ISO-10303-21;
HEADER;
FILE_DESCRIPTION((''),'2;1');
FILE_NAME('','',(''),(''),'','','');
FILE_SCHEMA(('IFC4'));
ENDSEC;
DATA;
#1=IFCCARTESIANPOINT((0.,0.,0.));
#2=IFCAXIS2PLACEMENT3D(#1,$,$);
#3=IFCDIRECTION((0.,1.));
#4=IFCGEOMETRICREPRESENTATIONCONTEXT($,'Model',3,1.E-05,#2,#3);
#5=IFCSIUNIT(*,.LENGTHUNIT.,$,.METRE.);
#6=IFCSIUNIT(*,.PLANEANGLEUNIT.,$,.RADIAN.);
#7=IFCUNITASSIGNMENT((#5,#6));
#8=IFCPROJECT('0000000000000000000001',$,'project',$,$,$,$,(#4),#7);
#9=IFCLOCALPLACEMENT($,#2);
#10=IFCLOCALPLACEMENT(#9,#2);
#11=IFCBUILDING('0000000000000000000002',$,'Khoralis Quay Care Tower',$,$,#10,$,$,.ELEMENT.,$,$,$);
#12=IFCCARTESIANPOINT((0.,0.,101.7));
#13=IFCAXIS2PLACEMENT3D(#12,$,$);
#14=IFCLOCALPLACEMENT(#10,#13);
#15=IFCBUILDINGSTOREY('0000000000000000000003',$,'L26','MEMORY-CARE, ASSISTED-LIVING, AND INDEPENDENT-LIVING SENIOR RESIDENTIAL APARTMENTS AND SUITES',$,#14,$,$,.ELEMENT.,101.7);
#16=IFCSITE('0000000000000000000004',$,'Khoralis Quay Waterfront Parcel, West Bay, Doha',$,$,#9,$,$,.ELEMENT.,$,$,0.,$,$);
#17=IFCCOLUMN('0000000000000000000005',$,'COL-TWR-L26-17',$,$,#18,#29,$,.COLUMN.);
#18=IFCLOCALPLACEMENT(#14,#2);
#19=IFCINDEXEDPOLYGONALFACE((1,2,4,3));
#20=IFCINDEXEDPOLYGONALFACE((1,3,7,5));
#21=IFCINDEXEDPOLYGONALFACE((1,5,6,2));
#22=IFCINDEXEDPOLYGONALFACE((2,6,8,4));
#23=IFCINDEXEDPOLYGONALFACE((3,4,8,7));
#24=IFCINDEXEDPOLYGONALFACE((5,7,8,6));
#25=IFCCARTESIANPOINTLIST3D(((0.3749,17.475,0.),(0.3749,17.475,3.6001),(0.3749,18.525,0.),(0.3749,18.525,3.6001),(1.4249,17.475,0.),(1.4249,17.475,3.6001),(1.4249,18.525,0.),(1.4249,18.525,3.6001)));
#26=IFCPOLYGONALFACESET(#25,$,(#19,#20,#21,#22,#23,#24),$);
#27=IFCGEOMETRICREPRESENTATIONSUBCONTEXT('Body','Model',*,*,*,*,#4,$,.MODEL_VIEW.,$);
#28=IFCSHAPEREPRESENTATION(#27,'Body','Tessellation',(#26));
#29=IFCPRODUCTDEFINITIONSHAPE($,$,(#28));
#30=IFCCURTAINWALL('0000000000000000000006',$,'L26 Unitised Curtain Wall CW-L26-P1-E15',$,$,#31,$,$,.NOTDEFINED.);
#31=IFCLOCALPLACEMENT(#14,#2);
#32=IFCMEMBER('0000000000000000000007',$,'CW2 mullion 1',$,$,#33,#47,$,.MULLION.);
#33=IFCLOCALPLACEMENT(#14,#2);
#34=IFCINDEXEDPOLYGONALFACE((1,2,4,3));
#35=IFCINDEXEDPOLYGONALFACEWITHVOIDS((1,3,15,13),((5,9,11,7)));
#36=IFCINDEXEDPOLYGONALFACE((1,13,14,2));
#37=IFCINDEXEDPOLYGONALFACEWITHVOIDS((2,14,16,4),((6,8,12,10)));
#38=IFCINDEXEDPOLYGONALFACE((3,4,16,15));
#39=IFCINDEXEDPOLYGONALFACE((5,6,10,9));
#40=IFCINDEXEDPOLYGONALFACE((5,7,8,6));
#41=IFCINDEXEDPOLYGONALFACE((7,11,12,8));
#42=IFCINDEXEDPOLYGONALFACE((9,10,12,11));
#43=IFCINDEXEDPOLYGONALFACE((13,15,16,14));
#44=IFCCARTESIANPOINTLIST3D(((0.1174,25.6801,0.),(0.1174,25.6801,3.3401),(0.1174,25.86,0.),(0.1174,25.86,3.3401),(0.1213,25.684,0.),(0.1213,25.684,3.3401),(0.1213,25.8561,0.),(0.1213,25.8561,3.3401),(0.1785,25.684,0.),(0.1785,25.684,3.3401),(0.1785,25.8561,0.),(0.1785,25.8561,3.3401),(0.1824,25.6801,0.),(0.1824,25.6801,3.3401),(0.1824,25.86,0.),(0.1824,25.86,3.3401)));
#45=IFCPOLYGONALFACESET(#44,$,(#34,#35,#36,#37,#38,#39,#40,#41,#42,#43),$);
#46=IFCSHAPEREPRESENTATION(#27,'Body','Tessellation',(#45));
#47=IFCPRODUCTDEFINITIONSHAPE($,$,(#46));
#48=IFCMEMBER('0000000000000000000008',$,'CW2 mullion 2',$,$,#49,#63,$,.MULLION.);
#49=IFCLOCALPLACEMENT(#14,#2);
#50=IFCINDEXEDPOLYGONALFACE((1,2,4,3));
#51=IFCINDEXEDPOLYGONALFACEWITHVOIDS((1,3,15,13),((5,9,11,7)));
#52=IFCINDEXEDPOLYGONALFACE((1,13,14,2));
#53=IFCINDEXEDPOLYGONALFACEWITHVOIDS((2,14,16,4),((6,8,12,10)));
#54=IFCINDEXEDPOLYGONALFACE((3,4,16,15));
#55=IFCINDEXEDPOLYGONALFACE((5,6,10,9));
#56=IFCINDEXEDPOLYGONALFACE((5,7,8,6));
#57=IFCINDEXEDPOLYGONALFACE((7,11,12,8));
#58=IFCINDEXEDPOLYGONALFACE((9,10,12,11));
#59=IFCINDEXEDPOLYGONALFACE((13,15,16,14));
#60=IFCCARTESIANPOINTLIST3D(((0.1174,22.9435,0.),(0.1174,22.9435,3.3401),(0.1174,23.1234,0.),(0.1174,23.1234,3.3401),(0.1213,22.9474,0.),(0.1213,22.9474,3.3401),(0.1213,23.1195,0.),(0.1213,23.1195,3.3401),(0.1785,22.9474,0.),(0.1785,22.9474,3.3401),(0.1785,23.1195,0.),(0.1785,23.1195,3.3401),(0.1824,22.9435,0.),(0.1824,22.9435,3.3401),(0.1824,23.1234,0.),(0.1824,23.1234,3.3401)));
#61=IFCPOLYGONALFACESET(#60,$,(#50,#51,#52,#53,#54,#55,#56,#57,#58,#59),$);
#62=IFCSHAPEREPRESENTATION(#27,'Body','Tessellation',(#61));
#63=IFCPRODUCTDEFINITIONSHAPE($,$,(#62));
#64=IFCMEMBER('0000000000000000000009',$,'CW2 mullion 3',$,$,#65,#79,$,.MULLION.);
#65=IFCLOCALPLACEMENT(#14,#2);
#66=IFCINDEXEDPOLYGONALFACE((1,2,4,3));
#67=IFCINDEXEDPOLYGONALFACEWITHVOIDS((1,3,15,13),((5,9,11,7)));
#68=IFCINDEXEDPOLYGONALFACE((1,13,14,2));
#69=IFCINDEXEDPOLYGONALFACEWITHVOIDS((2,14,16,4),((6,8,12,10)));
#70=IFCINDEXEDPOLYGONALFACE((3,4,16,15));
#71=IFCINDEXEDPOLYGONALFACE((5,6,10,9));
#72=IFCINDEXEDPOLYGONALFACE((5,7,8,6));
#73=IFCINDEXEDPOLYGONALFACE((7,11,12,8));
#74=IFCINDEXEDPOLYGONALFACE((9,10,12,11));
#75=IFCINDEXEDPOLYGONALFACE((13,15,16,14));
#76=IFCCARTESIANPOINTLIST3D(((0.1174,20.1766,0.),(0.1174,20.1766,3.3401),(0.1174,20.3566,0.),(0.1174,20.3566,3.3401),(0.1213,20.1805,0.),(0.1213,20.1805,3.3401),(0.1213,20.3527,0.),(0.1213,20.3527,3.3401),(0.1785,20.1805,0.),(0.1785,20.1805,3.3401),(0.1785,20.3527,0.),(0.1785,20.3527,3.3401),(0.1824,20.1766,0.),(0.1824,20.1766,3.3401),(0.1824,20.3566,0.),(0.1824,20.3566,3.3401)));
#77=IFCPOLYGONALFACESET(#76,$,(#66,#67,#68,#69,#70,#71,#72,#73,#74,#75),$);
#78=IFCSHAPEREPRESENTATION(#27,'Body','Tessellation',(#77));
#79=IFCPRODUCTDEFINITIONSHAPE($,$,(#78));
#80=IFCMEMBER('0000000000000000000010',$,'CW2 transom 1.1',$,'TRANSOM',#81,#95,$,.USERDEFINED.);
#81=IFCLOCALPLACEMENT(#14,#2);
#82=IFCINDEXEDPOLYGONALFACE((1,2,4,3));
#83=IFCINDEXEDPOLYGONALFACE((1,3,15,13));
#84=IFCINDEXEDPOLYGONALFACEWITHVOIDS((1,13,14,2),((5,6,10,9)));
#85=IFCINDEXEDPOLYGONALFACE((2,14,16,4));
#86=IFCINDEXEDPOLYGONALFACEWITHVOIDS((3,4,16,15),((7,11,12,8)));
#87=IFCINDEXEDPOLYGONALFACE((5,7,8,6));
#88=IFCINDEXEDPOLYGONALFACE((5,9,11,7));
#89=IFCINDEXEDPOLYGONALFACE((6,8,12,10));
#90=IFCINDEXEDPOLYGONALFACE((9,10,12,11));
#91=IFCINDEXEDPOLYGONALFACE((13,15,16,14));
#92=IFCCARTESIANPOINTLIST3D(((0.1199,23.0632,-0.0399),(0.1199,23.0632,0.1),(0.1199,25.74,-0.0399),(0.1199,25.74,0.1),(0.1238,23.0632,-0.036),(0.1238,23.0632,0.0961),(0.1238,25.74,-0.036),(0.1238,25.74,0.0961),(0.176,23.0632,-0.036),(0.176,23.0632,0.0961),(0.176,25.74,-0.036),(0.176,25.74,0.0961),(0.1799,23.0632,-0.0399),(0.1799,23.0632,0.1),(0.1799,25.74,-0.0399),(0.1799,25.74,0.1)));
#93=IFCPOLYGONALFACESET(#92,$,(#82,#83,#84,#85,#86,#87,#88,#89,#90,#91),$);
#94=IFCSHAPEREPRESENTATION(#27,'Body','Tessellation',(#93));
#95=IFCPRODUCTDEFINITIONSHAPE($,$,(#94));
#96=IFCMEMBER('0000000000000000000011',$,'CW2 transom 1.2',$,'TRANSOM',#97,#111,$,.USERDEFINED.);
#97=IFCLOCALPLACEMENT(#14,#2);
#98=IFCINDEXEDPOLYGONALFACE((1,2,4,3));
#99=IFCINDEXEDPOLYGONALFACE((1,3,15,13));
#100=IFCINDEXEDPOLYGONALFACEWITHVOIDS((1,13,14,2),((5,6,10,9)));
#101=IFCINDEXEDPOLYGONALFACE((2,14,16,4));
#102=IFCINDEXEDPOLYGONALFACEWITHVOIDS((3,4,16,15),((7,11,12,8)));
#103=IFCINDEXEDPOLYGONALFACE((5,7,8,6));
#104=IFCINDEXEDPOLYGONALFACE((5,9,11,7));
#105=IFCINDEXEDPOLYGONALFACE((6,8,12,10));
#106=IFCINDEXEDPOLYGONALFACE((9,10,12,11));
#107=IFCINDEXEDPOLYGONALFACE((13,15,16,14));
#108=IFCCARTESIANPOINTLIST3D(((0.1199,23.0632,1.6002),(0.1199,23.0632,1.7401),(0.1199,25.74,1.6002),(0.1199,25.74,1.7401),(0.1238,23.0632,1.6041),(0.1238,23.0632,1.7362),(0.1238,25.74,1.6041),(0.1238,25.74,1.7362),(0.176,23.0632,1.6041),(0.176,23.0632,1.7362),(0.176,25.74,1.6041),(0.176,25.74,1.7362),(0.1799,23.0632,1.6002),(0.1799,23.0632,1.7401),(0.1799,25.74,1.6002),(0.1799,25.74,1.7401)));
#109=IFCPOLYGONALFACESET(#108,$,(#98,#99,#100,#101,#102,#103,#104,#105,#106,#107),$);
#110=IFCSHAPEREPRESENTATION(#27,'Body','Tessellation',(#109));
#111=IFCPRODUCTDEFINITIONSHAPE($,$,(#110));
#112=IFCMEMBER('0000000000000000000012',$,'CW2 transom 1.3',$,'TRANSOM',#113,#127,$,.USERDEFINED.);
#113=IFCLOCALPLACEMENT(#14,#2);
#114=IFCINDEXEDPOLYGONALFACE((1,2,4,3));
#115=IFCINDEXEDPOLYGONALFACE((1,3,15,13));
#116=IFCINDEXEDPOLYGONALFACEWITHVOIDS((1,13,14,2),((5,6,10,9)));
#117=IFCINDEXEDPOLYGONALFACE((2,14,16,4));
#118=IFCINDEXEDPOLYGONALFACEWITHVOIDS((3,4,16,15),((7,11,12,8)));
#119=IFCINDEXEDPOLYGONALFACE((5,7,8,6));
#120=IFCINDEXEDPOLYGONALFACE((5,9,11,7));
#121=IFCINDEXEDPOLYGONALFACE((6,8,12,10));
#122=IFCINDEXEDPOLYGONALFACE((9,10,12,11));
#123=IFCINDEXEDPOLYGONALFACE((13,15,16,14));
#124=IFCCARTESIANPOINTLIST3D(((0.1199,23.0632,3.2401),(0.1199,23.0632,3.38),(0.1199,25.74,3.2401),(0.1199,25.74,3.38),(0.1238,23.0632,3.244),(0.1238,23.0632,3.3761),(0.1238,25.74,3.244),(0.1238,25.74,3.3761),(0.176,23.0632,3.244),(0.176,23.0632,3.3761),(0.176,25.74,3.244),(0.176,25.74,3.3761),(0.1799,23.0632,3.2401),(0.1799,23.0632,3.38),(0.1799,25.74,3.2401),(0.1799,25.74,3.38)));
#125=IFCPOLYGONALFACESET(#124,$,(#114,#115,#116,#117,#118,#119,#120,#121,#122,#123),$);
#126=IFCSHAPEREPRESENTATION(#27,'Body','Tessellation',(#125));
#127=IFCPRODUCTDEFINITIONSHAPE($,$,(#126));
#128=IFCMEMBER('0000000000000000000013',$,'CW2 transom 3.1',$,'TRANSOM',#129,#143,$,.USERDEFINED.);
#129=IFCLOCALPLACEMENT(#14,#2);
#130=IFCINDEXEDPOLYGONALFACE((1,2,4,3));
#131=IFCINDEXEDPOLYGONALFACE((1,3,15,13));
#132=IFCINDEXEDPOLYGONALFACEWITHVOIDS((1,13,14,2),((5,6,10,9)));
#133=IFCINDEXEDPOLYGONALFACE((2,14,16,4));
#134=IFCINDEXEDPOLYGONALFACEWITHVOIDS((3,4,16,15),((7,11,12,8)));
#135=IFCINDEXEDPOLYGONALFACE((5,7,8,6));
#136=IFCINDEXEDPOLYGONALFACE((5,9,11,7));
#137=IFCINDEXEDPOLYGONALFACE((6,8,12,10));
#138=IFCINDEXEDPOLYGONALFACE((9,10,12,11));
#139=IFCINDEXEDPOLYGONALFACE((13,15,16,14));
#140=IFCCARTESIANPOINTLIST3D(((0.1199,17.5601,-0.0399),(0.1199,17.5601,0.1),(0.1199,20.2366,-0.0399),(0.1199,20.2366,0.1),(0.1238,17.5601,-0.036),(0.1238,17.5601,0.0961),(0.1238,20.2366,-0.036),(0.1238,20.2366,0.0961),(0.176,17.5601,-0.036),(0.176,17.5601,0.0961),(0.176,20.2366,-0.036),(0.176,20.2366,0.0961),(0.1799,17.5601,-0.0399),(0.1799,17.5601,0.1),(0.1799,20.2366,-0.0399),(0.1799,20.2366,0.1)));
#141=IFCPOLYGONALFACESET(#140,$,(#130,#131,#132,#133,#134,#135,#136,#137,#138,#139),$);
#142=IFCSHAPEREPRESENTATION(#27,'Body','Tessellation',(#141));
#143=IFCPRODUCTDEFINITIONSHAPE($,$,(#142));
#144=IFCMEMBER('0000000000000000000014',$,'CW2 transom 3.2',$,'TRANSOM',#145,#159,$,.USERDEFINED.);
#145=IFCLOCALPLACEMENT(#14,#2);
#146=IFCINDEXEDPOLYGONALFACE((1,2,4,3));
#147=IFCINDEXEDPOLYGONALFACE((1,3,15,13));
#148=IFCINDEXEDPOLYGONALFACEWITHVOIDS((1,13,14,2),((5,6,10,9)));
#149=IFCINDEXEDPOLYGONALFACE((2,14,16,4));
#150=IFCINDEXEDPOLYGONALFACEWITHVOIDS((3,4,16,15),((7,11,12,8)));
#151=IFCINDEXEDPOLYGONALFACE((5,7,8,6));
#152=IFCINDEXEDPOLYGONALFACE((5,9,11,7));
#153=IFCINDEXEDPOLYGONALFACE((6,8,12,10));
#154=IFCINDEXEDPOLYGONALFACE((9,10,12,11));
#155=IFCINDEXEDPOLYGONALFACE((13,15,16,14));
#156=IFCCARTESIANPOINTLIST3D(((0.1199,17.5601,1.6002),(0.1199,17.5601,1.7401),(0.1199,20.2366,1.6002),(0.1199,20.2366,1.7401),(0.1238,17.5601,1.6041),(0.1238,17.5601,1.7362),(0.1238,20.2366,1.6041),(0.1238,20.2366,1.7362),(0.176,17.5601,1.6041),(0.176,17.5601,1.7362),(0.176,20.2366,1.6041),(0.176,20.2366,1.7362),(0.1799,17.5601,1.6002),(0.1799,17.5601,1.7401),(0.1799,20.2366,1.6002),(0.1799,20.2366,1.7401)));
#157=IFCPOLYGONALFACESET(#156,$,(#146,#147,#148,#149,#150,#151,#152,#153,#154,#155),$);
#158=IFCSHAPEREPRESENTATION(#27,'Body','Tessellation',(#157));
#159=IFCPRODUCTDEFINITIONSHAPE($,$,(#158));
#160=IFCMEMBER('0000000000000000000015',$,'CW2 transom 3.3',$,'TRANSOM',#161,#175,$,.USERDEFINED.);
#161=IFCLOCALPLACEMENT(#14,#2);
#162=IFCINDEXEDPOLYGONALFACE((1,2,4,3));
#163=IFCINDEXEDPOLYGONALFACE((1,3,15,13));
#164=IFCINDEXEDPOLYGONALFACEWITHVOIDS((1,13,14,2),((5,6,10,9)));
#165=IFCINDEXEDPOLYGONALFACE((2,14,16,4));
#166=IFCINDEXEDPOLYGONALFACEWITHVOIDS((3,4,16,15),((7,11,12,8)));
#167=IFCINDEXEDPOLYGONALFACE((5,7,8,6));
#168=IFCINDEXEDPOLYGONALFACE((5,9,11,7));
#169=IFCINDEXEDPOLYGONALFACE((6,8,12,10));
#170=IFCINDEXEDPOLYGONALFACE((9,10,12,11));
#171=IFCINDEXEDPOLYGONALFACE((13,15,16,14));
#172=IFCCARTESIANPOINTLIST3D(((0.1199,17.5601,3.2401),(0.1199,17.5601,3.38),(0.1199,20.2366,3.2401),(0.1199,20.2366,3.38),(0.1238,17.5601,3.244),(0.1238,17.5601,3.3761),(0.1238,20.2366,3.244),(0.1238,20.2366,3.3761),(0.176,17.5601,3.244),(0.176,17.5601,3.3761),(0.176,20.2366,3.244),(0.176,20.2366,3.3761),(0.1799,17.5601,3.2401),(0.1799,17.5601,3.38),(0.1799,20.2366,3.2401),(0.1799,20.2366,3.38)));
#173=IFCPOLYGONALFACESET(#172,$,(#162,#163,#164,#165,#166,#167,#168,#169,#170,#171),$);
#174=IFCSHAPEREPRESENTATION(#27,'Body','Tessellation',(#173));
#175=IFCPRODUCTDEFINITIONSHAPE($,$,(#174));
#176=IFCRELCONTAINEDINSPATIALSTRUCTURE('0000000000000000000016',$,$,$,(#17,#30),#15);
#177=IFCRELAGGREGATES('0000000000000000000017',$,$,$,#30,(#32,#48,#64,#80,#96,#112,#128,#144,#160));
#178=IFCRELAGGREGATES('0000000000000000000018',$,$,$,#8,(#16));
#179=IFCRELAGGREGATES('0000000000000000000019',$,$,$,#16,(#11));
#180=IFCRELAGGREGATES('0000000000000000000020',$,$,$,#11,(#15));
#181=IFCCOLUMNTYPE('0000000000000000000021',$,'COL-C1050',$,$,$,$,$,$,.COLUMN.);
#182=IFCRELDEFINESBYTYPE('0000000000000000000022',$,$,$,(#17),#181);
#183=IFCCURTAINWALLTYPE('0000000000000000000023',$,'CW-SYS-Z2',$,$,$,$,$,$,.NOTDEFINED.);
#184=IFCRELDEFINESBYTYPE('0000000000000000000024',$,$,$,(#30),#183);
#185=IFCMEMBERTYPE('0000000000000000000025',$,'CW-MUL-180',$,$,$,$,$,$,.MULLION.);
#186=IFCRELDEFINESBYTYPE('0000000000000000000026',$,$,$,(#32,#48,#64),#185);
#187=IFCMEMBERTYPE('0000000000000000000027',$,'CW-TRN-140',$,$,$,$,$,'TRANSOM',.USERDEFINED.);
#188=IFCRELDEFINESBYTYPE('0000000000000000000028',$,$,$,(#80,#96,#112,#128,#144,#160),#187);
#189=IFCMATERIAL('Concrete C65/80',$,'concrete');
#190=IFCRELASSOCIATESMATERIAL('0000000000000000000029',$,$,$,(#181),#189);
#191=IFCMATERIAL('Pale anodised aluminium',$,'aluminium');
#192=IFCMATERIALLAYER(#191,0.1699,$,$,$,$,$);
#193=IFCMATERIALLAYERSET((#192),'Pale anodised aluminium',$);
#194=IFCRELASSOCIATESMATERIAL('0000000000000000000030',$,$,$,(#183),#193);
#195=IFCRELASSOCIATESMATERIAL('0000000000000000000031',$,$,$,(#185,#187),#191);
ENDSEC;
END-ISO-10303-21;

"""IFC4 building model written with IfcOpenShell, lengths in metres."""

from ifc_helpers import new_model, si_unit, direction, frame, origin, origin_2d, place, context, subcontext, project, spatial, rectangle, hollow_rectangle, extrude, source, transform, mapped, material, layer, layer_set, material_profile, profile_set, type_object, element, aggregate, save


model = new_model("IFC4")

# Units and contexts
model_context = context("Model", 3, precision=1e-05, world=origin(), true_north=direction((0.0, 1.0)))
body_context = subcontext(model_context, "Body", "Model", "MODEL_VIEW")
ifc_project = project(units=[si_unit("LENGTHUNIT", "METRE"), si_unit("PLANEANGLEUNIT", "RADIAN")], contexts=[model_context])

# Site, building, storey
site_placement = place(None, origin())
site = spatial("IfcSite", under=ifc_project, at=site_placement, Name="Khoralis Quay Waterfront Parcel, West Bay, Doha", CompositionType="ELEMENT", RefElevation=0.0)
building_placement = place(site_placement, origin())
building = spatial("IfcBuilding", under=site, at=building_placement, Name="Khoralis Quay Care Tower", CompositionType="ELEMENT")
storey_placement = place(building_placement, frame((0.0, 0.0, 101.7)))
storey = spatial("IfcBuildingStorey", under=building, at=storey_placement, Name="L26", Description="MEMORY-CARE, ASSISTED-LIVING, AND INDEPENDENT-LIVING SENIOR RESIDENTIAL APARTMENTS AND SUITES", CompositionType="ELEMENT", Elevation=101.7)

# Column
ifc_material_1 = material(Name="Concrete C65/80", Category="concrete")
ifc_material_profile_1 = material_profile(ifc_material_1, rectangle(XDim=1.05, YDim=1.05, at=origin_2d()), Name="Concrete C65/80")
ifc_profile_set_1 = profile_set([ifc_material_profile_1], Name="Concrete C65/80")
column_type = type_object("IfcColumnType", Name="COL-C1050", PredefinedType="COLUMN", material=ifc_profile_set_1)
shared_shape_1 = source(origin(), body_context, "Body", "SweptSolid", [
    extrude(rectangle(XDim=1.05, YDim=1.05, at=origin_2d()), origin(), (0.0, 0.0, 1.0), 3.6001),
])
column_placement = place(storey_placement, frame((0.8999, 18.0, 0.0), z_axis=(0.0, 0.0, 1.0), x_axis=(1.0, 0.0, 0.0)))
element("IfcColumn", 1, at=column_placement, inside=storey, type_object=column_type, Name="COL-TWR-L26-17", PredefinedType="COLUMN", context=body_context, shape_type="MappedRepresentation", body=[
    mapped(shared_shape_1, transform((0.0, 0.0, 0.0), scale=1.0)),
])

# Curtain wall, members
ifc_material_2 = material(Name="Pale anodised aluminium", Category="aluminium")
ifc_layer_1 = layer(ifc_material_2, 0.1699)
ifc_layer_set_1 = layer_set([ifc_layer_1], Name="Pale anodised aluminium")
curtain_wall_type = type_object("IfcCurtainWallType", Name="CW-SYS-Z2", PredefinedType="NOTDEFINED", material=ifc_layer_set_1)
curtain_wall_placement = place(storey_placement, origin())
curtain_wall = element("IfcCurtainWall", 2, at=curtain_wall_placement, inside=storey, type_object=curtain_wall_type, Name="L26 Unitised Curtain Wall CW-L26-P1-E15", PredefinedType="NOTDEFINED")
ifc_material_profile_2 = material_profile(ifc_material_2, hollow_rectangle(XDim=0.0649, YDim=0.1799, WallThickness=0.0039, at=origin_2d()), Name="Pale anodised aluminium")
ifc_profile_set_2 = profile_set([ifc_material_profile_2], Name="Pale anodised aluminium")
member_type_1 = type_object("IfcMemberType", Name="CW-MUL-180", PredefinedType="MULLION", material=ifc_profile_set_2)
shared_shape_2 = source(origin(), body_context, "Body", "SweptSolid", [
    extrude(hollow_rectangle(XDim=0.0649, YDim=0.1799, WallThickness=0.0039, at=origin_2d()), origin(), (0.0, 0.0, 1.0), 3.3401),
])
member_1_placement = place(storey_placement, frame((0.1499, 25.77, 0.0), z_axis=(0.0, 0.0, 1.0), x_axis=(1.0, 0.0, 0.0)))
member_1 = element("IfcMember", 3, at=member_1_placement, type_object=member_type_1, Name="CW2 mullion 1", PredefinedType="MULLION", context=body_context, shape_type="MappedRepresentation", body=[
    mapped(shared_shape_2, transform((0.0, 0.0, 0.0), scale=1.0)),
])
member_2_placement = place(storey_placement, frame((0.1499, 23.0334, 0.0), z_axis=(0.0, 0.0, 1.0), x_axis=(1.0, 0.0, 0.0)))
member_2 = element("IfcMember", 4, at=member_2_placement, type_object=member_type_1, Name="CW2 mullion 2", PredefinedType="MULLION", context=body_context, shape_type="MappedRepresentation", body=[
    mapped(shared_shape_2, transform((0.0, 0.0, 0.0), scale=1.0)),
])
member_3_placement = place(storey_placement, frame((0.1499, 20.2666, 0.0), z_axis=(0.0, 0.0, 1.0), x_axis=(1.0, 0.0, 0.0)))
member_3 = element("IfcMember", 5, at=member_3_placement, type_object=member_type_1, Name="CW2 mullion 3", PredefinedType="MULLION", context=body_context, shape_type="MappedRepresentation", body=[
    mapped(shared_shape_2, transform((0.0, 0.0, 0.0), scale=1.0)),
])
ifc_material_profile_3 = material_profile(ifc_material_2, hollow_rectangle(XDim=0.0601, YDim=0.1399, WallThickness=0.0039, at=origin_2d()), Name="Pale anodised aluminium")
ifc_profile_set_3 = profile_set([ifc_material_profile_3], Name="Pale anodised aluminium")
member_type_2 = type_object("IfcMemberType", Name="CW-TRN-140", ElementType="TRANSOM", PredefinedType="USERDEFINED", material=ifc_profile_set_3)
shared_shape_3 = source(origin(), body_context, "Body", "SweptSolid", [
    extrude(hollow_rectangle(XDim=0.0601, YDim=0.1399, WallThickness=0.0039, at=origin_2d()), origin(), (0.0, 0.0, 1.0), 2.6768),
])
member_4_placement = place(storey_placement, frame((0.1499, 25.74, 0.03), z_axis=(0.0, -1.0, 0.0), x_axis=(1.0, 0.0, 0.0)))
member_4 = element("IfcMember", 6, at=member_4_placement, type_object=member_type_2, Name="CW2 transom 1.1", ObjectType="TRANSOM", PredefinedType="USERDEFINED", context=body_context, shape_type="MappedRepresentation", body=[
    mapped(shared_shape_3, transform((0.0, 0.0, 0.0), scale=1.0)),
])
member_5_placement = place(storey_placement, frame((0.1499, 25.74, 1.6702), z_axis=(0.0, -1.0, 0.0), x_axis=(1.0, 0.0, 0.0)))
member_5 = element("IfcMember", 7, at=member_5_placement, type_object=member_type_2, Name="CW2 transom 1.2", ObjectType="TRANSOM", PredefinedType="USERDEFINED", context=body_context, shape_type="MappedRepresentation", body=[
    mapped(shared_shape_3, transform((0.0, 0.0, 0.0), scale=1.0)),
])
member_6_placement = place(storey_placement, frame((0.1499, 25.74, 3.3101), z_axis=(0.0, -1.0, 0.0), x_axis=(1.0, 0.0, 0.0)))
member_6 = element("IfcMember", 8, at=member_6_placement, type_object=member_type_2, Name="CW2 transom 1.3", ObjectType="TRANSOM", PredefinedType="USERDEFINED", context=body_context, shape_type="MappedRepresentation", body=[
    mapped(shared_shape_3, transform((0.0, 0.0, 0.0), scale=1.0)),
])
shared_shape_4 = source(origin(), body_context, "Body", "SweptSolid", [
    extrude(hollow_rectangle(XDim=0.0601, YDim=0.1399, WallThickness=0.0039, at=origin_2d()), origin(), (0.0, 0.0, 1.0), 2.6765),
])
member_7_placement = place(storey_placement, frame((0.1499, 20.2366, 0.03), z_axis=(0.0, -1.0, 0.0), x_axis=(1.0, 0.0, 0.0)))
member_7 = element("IfcMember", 9, at=member_7_placement, type_object=member_type_2, Name="CW2 transom 3.1", ObjectType="TRANSOM", PredefinedType="USERDEFINED", context=body_context, shape_type="MappedRepresentation", body=[
    mapped(shared_shape_4, transform((0.0, 0.0, 0.0), scale=1.0)),
])
member_8_placement = place(storey_placement, frame((0.1499, 20.2366, 1.6702), z_axis=(0.0, -1.0, 0.0), x_axis=(1.0, 0.0, 0.0)))
member_8 = element("IfcMember", 10, at=member_8_placement, type_object=member_type_2, Name="CW2 transom 3.2", ObjectType="TRANSOM", PredefinedType="USERDEFINED", context=body_context, shape_type="MappedRepresentation", body=[
    mapped(shared_shape_4, transform((0.0, 0.0, 0.0), scale=1.0)),
])
member_9_placement = place(storey_placement, frame((0.1499, 20.2366, 3.3101), z_axis=(0.0, -1.0, 0.0), x_axis=(1.0, 0.0, 0.0)))
member_9 = element("IfcMember", 11, at=member_9_placement, type_object=member_type_2, Name="CW2 transom 3.3", ObjectType="TRANSOM", PredefinedType="USERDEFINED", context=body_context, shape_type="MappedRepresentation", body=[
    mapped(shared_shape_4, transform((0.0, 0.0, 0.0), scale=1.0)),
])
aggregate(curtain_wall, [member_1, member_2, member_3, member_4, member_5, member_6, member_7, member_8, member_9])

save(model, "model.ifc")
